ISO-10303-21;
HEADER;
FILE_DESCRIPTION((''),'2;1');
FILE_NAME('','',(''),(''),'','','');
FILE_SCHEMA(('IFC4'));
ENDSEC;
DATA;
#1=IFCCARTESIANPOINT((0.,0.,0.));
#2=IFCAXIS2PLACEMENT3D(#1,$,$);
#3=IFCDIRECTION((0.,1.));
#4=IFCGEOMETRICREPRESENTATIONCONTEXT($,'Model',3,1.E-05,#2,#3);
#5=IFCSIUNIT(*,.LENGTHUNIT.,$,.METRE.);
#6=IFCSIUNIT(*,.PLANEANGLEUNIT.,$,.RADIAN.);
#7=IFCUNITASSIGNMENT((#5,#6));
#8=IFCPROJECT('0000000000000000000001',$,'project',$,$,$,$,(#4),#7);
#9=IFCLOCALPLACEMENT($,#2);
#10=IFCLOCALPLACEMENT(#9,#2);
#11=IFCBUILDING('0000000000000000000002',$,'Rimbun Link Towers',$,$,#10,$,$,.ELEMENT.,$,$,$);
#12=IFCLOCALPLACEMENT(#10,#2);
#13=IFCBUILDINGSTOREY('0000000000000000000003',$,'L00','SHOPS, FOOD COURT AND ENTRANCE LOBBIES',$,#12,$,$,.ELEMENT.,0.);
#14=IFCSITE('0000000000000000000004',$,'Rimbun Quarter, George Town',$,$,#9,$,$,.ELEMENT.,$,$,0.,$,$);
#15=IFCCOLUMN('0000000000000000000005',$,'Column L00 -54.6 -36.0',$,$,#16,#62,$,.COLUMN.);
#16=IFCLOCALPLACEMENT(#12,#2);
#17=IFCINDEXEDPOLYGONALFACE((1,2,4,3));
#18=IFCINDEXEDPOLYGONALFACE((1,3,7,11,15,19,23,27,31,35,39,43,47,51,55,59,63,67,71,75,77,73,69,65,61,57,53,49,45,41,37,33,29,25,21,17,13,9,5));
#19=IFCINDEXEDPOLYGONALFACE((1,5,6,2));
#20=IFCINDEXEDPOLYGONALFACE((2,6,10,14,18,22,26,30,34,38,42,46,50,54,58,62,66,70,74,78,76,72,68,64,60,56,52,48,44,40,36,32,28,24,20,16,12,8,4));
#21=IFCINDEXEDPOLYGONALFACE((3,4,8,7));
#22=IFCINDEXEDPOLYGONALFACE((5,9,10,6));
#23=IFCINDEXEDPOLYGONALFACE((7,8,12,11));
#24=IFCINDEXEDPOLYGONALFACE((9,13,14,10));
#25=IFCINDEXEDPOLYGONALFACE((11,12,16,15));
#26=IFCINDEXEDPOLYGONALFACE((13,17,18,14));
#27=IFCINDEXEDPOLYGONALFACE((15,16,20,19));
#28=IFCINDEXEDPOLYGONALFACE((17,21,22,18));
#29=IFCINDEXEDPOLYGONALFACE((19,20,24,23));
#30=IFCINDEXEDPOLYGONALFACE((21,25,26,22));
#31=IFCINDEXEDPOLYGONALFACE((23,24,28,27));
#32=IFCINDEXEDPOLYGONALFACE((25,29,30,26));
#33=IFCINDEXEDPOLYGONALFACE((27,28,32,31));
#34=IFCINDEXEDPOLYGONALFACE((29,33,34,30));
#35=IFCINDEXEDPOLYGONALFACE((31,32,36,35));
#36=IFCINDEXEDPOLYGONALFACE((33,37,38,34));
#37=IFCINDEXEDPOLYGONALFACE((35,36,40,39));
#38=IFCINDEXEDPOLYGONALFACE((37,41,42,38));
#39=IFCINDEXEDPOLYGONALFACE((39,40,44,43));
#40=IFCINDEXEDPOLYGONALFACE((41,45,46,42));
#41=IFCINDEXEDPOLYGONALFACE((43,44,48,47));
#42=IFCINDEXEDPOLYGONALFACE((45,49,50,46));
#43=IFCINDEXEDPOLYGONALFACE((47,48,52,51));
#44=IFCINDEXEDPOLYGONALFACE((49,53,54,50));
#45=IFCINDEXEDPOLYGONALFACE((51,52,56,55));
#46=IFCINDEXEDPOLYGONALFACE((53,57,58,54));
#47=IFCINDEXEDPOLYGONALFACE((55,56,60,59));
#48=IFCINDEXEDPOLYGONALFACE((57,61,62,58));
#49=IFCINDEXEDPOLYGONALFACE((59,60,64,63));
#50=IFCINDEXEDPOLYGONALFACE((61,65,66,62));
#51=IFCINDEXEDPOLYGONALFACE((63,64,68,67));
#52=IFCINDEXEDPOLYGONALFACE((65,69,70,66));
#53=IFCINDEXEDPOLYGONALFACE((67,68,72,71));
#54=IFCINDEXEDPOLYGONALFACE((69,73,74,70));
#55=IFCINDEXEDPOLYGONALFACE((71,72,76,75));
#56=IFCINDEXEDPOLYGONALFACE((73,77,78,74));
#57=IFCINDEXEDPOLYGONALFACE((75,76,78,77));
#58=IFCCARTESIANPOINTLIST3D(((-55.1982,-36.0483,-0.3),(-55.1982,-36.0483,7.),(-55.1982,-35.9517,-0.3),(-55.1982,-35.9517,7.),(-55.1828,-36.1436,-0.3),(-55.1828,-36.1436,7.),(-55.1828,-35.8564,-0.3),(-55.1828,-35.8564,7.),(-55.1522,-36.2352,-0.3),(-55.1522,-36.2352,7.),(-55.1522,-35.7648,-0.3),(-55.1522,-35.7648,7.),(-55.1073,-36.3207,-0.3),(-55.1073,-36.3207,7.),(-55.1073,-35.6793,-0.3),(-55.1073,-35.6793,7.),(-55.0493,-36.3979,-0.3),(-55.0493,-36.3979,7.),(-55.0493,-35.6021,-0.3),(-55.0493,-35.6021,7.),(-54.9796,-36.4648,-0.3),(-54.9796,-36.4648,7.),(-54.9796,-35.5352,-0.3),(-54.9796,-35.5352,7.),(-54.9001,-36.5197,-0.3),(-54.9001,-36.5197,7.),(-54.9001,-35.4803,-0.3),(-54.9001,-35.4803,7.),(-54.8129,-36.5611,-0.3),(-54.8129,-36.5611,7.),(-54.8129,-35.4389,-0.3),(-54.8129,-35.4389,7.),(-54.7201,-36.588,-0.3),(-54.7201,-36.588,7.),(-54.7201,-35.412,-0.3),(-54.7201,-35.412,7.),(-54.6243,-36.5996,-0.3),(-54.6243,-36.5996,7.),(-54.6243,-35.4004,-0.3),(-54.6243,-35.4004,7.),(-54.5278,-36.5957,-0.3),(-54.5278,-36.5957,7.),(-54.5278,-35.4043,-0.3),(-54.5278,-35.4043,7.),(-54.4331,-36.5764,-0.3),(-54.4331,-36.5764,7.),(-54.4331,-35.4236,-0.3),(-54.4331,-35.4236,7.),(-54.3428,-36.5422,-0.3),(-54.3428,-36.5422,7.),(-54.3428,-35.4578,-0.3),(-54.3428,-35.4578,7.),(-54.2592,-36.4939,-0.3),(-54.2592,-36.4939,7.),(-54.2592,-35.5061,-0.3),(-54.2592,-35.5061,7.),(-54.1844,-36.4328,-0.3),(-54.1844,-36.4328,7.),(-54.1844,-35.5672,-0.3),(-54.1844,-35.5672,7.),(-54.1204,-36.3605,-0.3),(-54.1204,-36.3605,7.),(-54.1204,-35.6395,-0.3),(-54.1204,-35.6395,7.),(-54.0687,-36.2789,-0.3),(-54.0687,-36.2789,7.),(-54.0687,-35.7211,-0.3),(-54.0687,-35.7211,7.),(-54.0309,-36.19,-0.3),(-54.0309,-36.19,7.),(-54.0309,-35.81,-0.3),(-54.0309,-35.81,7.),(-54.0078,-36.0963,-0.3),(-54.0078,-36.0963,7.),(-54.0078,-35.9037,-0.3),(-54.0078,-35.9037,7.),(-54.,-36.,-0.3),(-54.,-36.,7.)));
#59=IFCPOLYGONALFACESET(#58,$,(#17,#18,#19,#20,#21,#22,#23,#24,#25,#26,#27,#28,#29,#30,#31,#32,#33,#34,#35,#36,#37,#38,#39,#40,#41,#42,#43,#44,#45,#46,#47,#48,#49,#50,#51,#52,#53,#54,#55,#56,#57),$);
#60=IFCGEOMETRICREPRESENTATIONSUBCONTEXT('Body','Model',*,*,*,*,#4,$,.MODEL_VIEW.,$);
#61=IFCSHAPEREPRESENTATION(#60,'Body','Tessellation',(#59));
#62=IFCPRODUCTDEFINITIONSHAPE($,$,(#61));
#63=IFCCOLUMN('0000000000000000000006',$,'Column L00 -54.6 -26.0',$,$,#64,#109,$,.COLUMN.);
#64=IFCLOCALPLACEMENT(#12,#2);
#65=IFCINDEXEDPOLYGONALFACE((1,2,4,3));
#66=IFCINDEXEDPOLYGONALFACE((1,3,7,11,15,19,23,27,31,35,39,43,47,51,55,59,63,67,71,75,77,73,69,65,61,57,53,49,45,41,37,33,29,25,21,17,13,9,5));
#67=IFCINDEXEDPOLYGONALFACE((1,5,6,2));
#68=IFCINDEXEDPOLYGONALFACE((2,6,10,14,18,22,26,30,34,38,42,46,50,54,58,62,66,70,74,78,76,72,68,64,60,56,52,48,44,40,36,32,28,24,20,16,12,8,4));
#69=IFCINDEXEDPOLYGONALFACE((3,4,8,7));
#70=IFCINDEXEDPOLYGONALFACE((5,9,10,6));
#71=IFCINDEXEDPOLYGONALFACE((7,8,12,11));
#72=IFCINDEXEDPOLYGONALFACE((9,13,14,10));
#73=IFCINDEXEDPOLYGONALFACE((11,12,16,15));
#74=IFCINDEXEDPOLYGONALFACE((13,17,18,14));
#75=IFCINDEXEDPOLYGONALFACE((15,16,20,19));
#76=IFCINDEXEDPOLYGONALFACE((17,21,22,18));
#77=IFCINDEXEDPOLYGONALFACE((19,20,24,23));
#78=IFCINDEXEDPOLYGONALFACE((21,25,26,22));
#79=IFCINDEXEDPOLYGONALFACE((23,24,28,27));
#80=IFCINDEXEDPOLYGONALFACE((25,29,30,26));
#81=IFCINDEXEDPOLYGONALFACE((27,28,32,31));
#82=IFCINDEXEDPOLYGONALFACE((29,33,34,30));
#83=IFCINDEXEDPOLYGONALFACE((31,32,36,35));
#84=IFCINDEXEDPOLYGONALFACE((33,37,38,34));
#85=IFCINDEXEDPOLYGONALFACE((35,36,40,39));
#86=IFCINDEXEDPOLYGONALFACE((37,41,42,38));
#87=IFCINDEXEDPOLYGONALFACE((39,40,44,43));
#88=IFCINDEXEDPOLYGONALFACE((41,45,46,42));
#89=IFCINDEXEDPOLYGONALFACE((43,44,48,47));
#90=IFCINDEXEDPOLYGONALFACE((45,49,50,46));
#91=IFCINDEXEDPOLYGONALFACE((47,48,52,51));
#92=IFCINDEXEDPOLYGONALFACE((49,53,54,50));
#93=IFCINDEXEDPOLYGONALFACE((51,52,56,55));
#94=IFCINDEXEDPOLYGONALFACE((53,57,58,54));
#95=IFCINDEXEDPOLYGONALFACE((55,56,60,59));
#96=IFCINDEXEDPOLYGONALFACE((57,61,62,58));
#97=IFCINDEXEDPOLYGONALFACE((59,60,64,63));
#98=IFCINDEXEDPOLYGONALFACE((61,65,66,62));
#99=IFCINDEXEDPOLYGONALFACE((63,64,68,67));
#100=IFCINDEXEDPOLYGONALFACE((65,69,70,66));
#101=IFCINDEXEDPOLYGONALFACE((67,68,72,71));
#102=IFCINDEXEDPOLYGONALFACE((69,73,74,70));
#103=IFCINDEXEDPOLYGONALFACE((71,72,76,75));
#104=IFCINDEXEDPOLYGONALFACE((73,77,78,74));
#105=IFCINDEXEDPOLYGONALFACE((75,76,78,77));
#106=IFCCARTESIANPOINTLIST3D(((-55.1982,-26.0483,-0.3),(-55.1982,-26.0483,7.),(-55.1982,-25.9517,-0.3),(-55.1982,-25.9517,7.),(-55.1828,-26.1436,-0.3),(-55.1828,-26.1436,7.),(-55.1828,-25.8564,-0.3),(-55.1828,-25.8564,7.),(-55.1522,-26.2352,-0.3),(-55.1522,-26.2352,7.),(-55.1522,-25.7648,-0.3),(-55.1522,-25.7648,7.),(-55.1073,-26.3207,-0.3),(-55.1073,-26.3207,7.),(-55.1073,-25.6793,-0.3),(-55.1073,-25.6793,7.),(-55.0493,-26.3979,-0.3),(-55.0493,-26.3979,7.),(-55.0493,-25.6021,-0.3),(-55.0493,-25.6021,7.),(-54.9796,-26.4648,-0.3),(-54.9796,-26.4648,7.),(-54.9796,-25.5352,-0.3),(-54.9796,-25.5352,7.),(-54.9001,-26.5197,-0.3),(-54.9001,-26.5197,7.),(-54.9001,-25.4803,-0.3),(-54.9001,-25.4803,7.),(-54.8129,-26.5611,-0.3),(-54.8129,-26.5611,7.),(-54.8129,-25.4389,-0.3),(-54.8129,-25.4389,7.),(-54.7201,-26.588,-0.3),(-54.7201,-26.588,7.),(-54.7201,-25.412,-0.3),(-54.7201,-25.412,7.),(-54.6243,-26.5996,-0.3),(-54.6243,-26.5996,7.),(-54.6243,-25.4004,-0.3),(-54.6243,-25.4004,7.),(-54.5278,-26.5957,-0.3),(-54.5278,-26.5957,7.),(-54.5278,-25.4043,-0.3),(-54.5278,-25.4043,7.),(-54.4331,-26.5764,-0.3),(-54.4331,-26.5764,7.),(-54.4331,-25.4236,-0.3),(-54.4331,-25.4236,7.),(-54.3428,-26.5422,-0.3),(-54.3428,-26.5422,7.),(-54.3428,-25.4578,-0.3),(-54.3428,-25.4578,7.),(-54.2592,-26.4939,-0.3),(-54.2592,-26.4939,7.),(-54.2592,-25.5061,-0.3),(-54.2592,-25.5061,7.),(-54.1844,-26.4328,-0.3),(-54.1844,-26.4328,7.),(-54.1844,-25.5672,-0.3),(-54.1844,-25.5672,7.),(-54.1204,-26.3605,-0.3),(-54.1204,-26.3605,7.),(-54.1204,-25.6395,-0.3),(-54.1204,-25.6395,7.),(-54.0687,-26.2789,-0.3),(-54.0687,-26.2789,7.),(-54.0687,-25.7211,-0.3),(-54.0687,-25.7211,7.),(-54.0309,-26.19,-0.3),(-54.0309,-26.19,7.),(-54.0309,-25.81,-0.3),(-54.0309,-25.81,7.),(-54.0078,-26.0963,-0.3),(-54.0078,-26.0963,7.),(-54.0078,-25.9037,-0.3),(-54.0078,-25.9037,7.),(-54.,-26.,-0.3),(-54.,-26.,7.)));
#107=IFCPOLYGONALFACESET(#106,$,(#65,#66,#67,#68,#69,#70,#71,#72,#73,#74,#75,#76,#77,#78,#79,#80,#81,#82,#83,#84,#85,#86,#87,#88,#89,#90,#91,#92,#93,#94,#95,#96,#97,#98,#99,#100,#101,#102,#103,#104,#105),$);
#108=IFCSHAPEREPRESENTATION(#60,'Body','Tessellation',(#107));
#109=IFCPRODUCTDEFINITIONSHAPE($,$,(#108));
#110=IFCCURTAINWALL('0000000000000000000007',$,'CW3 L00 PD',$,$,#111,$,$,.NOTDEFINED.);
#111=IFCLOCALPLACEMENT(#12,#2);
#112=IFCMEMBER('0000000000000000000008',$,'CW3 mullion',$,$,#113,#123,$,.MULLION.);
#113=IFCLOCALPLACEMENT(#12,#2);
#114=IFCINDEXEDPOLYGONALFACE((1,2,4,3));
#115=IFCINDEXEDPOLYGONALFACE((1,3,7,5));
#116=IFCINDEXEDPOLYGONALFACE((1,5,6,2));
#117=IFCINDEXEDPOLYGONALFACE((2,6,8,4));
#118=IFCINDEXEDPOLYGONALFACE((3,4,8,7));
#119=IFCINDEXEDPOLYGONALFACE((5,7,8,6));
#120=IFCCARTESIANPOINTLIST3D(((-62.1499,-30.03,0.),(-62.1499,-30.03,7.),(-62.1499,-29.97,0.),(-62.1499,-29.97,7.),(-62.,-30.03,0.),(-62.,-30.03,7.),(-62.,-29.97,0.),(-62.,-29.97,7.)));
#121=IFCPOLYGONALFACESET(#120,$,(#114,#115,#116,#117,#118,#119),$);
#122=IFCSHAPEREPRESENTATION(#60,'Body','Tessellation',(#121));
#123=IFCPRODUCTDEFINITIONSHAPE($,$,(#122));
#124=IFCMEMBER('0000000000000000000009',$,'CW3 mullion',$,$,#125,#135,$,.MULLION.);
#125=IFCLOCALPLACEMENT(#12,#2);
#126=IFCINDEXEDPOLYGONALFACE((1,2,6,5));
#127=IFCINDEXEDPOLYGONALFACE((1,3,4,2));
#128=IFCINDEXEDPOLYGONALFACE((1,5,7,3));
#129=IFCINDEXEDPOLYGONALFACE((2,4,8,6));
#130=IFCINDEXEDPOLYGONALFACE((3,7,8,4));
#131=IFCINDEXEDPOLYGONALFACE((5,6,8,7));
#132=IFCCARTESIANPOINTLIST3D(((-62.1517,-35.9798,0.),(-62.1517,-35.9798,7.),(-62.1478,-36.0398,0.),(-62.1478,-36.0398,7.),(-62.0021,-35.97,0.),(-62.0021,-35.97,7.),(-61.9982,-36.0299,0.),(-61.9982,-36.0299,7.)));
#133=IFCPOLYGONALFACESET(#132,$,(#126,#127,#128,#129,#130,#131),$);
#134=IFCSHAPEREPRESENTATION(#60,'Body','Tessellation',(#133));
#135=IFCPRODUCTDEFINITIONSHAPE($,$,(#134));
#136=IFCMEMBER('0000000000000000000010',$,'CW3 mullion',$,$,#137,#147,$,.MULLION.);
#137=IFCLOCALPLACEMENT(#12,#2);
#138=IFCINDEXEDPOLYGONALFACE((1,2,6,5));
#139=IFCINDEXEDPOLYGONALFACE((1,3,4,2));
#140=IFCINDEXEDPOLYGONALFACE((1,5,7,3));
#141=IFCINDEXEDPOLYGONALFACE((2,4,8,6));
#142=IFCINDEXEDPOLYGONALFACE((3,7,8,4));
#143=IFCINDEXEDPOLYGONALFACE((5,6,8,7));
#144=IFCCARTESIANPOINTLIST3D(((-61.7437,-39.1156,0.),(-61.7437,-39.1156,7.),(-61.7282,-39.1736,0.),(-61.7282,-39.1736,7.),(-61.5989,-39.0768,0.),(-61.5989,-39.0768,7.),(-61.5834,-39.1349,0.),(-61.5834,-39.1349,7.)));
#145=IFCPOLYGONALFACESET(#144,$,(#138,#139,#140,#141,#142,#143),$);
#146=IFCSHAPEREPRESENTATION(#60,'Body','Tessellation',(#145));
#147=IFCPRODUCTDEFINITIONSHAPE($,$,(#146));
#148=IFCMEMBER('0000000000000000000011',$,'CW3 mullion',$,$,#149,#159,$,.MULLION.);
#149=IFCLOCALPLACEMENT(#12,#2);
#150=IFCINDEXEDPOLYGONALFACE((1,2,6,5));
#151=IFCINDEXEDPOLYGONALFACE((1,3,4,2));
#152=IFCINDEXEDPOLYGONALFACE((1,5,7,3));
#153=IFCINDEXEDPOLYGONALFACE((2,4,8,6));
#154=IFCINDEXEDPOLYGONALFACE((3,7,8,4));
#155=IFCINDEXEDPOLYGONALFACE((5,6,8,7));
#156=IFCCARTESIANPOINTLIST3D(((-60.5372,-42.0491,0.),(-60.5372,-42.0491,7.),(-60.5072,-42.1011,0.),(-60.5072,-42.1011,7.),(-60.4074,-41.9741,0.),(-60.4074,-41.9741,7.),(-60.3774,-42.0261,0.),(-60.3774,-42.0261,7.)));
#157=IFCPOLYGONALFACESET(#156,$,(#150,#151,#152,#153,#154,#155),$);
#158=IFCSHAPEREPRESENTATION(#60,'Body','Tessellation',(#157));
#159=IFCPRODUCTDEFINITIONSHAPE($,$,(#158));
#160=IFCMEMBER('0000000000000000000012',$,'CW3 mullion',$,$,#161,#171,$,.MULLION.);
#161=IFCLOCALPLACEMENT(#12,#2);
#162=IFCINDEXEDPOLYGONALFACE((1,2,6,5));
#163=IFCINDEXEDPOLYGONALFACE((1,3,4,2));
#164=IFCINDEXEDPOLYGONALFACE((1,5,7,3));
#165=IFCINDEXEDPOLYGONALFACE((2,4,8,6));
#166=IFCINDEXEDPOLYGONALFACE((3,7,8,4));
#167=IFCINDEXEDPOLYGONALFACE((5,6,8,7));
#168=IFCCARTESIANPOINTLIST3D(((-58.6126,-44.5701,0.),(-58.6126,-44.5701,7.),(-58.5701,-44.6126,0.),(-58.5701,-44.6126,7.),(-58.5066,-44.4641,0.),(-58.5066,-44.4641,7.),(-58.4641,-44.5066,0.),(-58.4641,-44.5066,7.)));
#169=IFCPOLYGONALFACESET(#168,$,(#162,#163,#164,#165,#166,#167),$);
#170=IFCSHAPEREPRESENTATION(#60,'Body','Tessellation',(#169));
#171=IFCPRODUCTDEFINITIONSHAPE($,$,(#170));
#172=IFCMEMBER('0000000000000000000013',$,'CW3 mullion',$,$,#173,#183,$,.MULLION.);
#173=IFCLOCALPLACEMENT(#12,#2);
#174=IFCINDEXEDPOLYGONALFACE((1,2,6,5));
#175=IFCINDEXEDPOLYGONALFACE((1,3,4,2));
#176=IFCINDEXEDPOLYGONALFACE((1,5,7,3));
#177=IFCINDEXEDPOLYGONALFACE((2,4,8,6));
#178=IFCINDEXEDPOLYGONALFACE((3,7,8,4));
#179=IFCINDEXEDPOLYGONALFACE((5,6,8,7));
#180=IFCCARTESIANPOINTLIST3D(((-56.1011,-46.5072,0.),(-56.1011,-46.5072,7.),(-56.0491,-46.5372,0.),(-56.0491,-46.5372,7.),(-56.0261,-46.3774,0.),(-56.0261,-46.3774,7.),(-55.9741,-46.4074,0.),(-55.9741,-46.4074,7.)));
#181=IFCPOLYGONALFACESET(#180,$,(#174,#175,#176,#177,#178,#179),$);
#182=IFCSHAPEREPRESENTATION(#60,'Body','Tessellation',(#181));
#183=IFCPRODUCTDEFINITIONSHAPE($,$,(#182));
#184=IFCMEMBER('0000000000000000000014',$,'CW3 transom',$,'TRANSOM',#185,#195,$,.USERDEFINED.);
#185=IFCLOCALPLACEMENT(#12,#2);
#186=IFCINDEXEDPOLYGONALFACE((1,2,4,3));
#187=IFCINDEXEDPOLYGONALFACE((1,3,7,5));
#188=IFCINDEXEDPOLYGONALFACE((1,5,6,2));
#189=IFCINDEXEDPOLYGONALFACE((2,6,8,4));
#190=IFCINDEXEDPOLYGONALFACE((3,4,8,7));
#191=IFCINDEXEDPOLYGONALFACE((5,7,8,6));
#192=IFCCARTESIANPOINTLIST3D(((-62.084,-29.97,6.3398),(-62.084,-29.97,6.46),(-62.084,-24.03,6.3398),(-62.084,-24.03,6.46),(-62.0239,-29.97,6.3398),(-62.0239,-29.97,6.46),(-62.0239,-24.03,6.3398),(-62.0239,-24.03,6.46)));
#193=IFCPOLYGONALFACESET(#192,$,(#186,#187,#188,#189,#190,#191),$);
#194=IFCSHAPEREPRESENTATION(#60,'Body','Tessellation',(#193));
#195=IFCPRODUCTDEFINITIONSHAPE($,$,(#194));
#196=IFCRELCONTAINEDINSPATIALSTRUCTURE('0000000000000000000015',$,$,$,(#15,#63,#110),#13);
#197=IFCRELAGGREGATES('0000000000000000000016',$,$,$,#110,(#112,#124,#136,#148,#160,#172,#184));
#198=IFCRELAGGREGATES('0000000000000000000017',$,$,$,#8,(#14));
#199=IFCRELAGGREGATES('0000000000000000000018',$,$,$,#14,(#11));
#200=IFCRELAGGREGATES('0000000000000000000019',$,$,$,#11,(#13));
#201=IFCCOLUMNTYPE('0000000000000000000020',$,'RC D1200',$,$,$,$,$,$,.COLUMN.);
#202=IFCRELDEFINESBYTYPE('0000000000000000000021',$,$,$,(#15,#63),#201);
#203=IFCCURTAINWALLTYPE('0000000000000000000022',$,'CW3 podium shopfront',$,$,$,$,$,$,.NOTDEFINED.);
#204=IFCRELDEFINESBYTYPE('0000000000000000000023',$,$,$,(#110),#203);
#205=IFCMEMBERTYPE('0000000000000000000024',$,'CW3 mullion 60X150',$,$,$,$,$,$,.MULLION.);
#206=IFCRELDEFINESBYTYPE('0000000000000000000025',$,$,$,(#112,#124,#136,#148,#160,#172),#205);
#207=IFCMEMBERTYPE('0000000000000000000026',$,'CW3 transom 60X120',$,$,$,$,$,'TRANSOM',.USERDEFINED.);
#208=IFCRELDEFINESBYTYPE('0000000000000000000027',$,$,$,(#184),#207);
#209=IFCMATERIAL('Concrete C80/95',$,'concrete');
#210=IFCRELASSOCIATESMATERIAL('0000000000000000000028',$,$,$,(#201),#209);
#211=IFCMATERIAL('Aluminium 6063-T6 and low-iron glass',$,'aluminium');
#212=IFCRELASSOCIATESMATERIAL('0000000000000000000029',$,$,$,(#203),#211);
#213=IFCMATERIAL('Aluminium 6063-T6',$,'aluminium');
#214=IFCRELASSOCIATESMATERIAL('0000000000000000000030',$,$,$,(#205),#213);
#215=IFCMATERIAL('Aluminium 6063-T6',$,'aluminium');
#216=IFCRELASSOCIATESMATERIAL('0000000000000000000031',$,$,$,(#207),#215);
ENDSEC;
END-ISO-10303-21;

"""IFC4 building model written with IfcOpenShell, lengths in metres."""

from ifc_helpers import new_model, si_unit, direction, frame, origin, origin_2d, place, context, subcontext, project, spatial, rectangle, circle, extrude, material, material_profile, profile_set, type_object, element, aggregate, save


model = new_model("IFC4")

# Units and contexts
model_context = context("Model", 3, precision=1e-05, world=origin(), true_north=direction((0.0, 1.0)))
body_context = subcontext(model_context, "Body", "Model", "MODEL_VIEW")
ifc_project = project(units=[si_unit("LENGTHUNIT", "METRE"), si_unit("PLANEANGLEUNIT", "RADIAN")], contexts=[model_context])

# Site, building, storey
site_placement = place(None, origin())
site = spatial("IfcSite", under=ifc_project, at=site_placement, Name="Rimbun Quarter, George Town", CompositionType="ELEMENT", RefElevation=0.0)
building_placement = place(site_placement, origin())
building = spatial("IfcBuilding", under=site, at=building_placement, Name="Rimbun Link Towers", CompositionType="ELEMENT")
storey_placement = place(building_placement, origin())
storey = spatial("IfcBuildingStorey", under=building, at=storey_placement, Name="L00", Description="SHOPS, FOOD COURT AND ENTRANCE LOBBIES", CompositionType="ELEMENT", Elevation=0.0)

# Columns
ifc_material_1 = material(Name="Concrete C80/95", Category="concrete")
ifc_material_profile_1 = material_profile(ifc_material_1, circle(Radius=0.6001, at=origin_2d()), Name="RC D1200")
ifc_profile_set_1 = profile_set([ifc_material_profile_1], Name="Concrete C80/95")
column_type = type_object("IfcColumnType", Name="RC D1200", PredefinedType="COLUMN", material=ifc_profile_set_1)
for number, where, z_axis, x_axis, name in (
    (1, (-54.6001, -36.0, -0.3), (0.0, 0.0, 1.0), (1.0, 0.0, 0.0), "Column L00 -54.6 -36.0"),
    (2, (-54.6001, -26.0, -0.3), (0.0, 0.0, 1.0), (1.0, 0.0, 0.0), "Column L00 -54.6 -26.0"),
):
    element("IfcColumn", number, at=place(storey_placement, frame(where, z_axis=z_axis, x_axis=x_axis)), inside=storey, type_object=column_type, Name=name, PredefinedType="COLUMN", context=body_context, shape_type="SweptSolid", body=[
        extrude(circle(Radius=0.6001, at=origin_2d()), origin(), (0.0, 0.0, 1.0), 7.3),
    ])

# Curtain wall, members
ifc_material_2 = material(Name="Aluminium 6063-T6 and low-iron glass", Category="aluminium")
curtain_wall_type = type_object("IfcCurtainWallType", Name="CW3 podium shopfront", PredefinedType="NOTDEFINED", material=ifc_material_2)
curtain_wall_placement = place(storey_placement, origin())
curtain_wall = element("IfcCurtainWall", 3, at=curtain_wall_placement, inside=storey, type_object=curtain_wall_type, Name="CW3 L00 PD", PredefinedType="NOTDEFINED")
ifc_material_3 = material(Name="Aluminium 6063-T6", Category="aluminium")
ifc_material_profile_2 = material_profile(ifc_material_3, rectangle(XDim=0.1499, YDim=0.0601, at=origin_2d()), Name="MULLION 60X150")
ifc_profile_set_2 = profile_set([ifc_material_profile_2], Name="Aluminium 6063-T6")
member_type_1 = type_object("IfcMemberType", Name="CW3 mullion 60X150", PredefinedType="MULLION", material=ifc_profile_set_2)
member_1_placement = place(storey_placement, frame((-62.075, -30.0, 0.0), z_axis=(0.0, 0.0, 1.0), x_axis=(-1.0, 0.0, 0.0)))
member_1 = element("IfcMember", 4, at=member_1_placement, type_object=member_type_1, Name="CW3 mullion", PredefinedType="MULLION", context=body_context, shape_type="SweptSolid", body=[
    extrude(rectangle(XDim=0.1499, YDim=0.0601, at=origin_2d()), origin(), (0.0, 0.0, 1.0), 7.0),
])
member_2_placement = place(storey_placement, frame((-62.075, -36.0049, 0.0), z_axis=(0.0, 0.0, 1.0), x_axis=(-0.997859, -0.065405, 0.0)))
member_2 = element("IfcMember", 5, at=member_2_placement, type_object=member_type_1, Name="CW3 mullion", PredefinedType="MULLION", context=body_context, shape_type="SweptSolid", body=[
    extrude(rectangle(XDim=0.1499, YDim=0.0601, at=origin_2d()), origin(), (0.0, 0.0, 1.0), 7.0),
])
member_3_placement = place(storey_placement, frame((-61.6636, -39.1252, 0.0), z_axis=(0.0, 0.0, 1.0), x_axis=(-0.965926, -0.258819, 0.0)))
member_3 = element("IfcMember", 6, at=member_3_placement, type_object=member_type_1, Name="CW3 mullion", PredefinedType="MULLION", context=body_context, shape_type="SweptSolid", body=[
    extrude(rectangle(XDim=0.1499, YDim=0.0601, at=origin_2d()), origin(), (0.0, 0.0, 1.0), 7.0),
])
member_4_placement = place(storey_placement, frame((-60.4573, -42.0376, 0.0), z_axis=(0.0, 0.0, 1.0), x_axis=(-0.866029, -0.499994, 0.0)))
member_4 = element("IfcMember", 7, at=member_4_placement, type_object=member_type_1, Name="CW3 mullion", PredefinedType="MULLION", context=body_context, shape_type="SweptSolid", body=[
    extrude(rectangle(XDim=0.1499, YDim=0.0601, at=origin_2d()), origin(), (0.0, 0.0, 1.0), 7.0),
])
member_5_placement = place(storey_placement, frame((-58.5383, -44.5383, 0.0), z_axis=(0.0, 0.0, 1.0), x_axis=(-0.707107, -0.707107, 0.0)))
member_5 = element("IfcMember", 8, at=member_5_placement, type_object=member_type_1, Name="CW3 mullion", PredefinedType="MULLION", context=body_context, shape_type="SweptSolid", body=[
    extrude(rectangle(XDim=0.1499, YDim=0.0601, at=origin_2d()), origin(), (0.0, 0.0, 1.0), 7.0),
])
member_6_placement = place(storey_placement, frame((-56.0376, -46.4573, 0.0), z_axis=(0.0, 0.0, 1.0), x_axis=(-0.499994, -0.866029, 0.0)))
member_6 = element("IfcMember", 9, at=member_6_placement, type_object=member_type_1, Name="CW3 mullion", PredefinedType="MULLION", context=body_context, shape_type="SweptSolid", body=[
    extrude(rectangle(XDim=0.1499, YDim=0.0601, at=origin_2d()), origin(), (0.0, 0.0, 1.0), 7.0),
])
ifc_material_4 = material(Name="Aluminium 6063-T6", Category="aluminium")
ifc_material_profile_3 = material_profile(ifc_material_4, rectangle(XDim=0.0601, YDim=0.1201, at=origin_2d()), Name="TRANSOM 60X120")
ifc_profile_set_3 = profile_set([ifc_material_profile_3], Name="Aluminium 6063-T6")
member_type_2 = type_object("IfcMemberType", Name="CW3 transom 60X120", ElementType="TRANSOM", PredefinedType="USERDEFINED", material=ifc_profile_set_3)
member_7_placement = place(storey_placement, frame((-62.054, -29.97, 6.3999), z_axis=(0.0, 1.0, 0.0), x_axis=(-1.0, 0.0, 0.0)))
member_7 = element("IfcMember", 10, at=member_7_placement, type_object=member_type_2, Name="CW3 transom", ObjectType="TRANSOM", PredefinedType="USERDEFINED", context=body_context, shape_type="SweptSolid", body=[
    extrude(rectangle(XDim=0.0601, YDim=0.1201, at=origin_2d()), origin(), (0.0, 0.0, 1.0), 5.9399),
])
aggregate(curtain_wall, [member_1, member_2, member_3, member_4, member_5, member_6, member_7])

save(model, "model.ifc")
